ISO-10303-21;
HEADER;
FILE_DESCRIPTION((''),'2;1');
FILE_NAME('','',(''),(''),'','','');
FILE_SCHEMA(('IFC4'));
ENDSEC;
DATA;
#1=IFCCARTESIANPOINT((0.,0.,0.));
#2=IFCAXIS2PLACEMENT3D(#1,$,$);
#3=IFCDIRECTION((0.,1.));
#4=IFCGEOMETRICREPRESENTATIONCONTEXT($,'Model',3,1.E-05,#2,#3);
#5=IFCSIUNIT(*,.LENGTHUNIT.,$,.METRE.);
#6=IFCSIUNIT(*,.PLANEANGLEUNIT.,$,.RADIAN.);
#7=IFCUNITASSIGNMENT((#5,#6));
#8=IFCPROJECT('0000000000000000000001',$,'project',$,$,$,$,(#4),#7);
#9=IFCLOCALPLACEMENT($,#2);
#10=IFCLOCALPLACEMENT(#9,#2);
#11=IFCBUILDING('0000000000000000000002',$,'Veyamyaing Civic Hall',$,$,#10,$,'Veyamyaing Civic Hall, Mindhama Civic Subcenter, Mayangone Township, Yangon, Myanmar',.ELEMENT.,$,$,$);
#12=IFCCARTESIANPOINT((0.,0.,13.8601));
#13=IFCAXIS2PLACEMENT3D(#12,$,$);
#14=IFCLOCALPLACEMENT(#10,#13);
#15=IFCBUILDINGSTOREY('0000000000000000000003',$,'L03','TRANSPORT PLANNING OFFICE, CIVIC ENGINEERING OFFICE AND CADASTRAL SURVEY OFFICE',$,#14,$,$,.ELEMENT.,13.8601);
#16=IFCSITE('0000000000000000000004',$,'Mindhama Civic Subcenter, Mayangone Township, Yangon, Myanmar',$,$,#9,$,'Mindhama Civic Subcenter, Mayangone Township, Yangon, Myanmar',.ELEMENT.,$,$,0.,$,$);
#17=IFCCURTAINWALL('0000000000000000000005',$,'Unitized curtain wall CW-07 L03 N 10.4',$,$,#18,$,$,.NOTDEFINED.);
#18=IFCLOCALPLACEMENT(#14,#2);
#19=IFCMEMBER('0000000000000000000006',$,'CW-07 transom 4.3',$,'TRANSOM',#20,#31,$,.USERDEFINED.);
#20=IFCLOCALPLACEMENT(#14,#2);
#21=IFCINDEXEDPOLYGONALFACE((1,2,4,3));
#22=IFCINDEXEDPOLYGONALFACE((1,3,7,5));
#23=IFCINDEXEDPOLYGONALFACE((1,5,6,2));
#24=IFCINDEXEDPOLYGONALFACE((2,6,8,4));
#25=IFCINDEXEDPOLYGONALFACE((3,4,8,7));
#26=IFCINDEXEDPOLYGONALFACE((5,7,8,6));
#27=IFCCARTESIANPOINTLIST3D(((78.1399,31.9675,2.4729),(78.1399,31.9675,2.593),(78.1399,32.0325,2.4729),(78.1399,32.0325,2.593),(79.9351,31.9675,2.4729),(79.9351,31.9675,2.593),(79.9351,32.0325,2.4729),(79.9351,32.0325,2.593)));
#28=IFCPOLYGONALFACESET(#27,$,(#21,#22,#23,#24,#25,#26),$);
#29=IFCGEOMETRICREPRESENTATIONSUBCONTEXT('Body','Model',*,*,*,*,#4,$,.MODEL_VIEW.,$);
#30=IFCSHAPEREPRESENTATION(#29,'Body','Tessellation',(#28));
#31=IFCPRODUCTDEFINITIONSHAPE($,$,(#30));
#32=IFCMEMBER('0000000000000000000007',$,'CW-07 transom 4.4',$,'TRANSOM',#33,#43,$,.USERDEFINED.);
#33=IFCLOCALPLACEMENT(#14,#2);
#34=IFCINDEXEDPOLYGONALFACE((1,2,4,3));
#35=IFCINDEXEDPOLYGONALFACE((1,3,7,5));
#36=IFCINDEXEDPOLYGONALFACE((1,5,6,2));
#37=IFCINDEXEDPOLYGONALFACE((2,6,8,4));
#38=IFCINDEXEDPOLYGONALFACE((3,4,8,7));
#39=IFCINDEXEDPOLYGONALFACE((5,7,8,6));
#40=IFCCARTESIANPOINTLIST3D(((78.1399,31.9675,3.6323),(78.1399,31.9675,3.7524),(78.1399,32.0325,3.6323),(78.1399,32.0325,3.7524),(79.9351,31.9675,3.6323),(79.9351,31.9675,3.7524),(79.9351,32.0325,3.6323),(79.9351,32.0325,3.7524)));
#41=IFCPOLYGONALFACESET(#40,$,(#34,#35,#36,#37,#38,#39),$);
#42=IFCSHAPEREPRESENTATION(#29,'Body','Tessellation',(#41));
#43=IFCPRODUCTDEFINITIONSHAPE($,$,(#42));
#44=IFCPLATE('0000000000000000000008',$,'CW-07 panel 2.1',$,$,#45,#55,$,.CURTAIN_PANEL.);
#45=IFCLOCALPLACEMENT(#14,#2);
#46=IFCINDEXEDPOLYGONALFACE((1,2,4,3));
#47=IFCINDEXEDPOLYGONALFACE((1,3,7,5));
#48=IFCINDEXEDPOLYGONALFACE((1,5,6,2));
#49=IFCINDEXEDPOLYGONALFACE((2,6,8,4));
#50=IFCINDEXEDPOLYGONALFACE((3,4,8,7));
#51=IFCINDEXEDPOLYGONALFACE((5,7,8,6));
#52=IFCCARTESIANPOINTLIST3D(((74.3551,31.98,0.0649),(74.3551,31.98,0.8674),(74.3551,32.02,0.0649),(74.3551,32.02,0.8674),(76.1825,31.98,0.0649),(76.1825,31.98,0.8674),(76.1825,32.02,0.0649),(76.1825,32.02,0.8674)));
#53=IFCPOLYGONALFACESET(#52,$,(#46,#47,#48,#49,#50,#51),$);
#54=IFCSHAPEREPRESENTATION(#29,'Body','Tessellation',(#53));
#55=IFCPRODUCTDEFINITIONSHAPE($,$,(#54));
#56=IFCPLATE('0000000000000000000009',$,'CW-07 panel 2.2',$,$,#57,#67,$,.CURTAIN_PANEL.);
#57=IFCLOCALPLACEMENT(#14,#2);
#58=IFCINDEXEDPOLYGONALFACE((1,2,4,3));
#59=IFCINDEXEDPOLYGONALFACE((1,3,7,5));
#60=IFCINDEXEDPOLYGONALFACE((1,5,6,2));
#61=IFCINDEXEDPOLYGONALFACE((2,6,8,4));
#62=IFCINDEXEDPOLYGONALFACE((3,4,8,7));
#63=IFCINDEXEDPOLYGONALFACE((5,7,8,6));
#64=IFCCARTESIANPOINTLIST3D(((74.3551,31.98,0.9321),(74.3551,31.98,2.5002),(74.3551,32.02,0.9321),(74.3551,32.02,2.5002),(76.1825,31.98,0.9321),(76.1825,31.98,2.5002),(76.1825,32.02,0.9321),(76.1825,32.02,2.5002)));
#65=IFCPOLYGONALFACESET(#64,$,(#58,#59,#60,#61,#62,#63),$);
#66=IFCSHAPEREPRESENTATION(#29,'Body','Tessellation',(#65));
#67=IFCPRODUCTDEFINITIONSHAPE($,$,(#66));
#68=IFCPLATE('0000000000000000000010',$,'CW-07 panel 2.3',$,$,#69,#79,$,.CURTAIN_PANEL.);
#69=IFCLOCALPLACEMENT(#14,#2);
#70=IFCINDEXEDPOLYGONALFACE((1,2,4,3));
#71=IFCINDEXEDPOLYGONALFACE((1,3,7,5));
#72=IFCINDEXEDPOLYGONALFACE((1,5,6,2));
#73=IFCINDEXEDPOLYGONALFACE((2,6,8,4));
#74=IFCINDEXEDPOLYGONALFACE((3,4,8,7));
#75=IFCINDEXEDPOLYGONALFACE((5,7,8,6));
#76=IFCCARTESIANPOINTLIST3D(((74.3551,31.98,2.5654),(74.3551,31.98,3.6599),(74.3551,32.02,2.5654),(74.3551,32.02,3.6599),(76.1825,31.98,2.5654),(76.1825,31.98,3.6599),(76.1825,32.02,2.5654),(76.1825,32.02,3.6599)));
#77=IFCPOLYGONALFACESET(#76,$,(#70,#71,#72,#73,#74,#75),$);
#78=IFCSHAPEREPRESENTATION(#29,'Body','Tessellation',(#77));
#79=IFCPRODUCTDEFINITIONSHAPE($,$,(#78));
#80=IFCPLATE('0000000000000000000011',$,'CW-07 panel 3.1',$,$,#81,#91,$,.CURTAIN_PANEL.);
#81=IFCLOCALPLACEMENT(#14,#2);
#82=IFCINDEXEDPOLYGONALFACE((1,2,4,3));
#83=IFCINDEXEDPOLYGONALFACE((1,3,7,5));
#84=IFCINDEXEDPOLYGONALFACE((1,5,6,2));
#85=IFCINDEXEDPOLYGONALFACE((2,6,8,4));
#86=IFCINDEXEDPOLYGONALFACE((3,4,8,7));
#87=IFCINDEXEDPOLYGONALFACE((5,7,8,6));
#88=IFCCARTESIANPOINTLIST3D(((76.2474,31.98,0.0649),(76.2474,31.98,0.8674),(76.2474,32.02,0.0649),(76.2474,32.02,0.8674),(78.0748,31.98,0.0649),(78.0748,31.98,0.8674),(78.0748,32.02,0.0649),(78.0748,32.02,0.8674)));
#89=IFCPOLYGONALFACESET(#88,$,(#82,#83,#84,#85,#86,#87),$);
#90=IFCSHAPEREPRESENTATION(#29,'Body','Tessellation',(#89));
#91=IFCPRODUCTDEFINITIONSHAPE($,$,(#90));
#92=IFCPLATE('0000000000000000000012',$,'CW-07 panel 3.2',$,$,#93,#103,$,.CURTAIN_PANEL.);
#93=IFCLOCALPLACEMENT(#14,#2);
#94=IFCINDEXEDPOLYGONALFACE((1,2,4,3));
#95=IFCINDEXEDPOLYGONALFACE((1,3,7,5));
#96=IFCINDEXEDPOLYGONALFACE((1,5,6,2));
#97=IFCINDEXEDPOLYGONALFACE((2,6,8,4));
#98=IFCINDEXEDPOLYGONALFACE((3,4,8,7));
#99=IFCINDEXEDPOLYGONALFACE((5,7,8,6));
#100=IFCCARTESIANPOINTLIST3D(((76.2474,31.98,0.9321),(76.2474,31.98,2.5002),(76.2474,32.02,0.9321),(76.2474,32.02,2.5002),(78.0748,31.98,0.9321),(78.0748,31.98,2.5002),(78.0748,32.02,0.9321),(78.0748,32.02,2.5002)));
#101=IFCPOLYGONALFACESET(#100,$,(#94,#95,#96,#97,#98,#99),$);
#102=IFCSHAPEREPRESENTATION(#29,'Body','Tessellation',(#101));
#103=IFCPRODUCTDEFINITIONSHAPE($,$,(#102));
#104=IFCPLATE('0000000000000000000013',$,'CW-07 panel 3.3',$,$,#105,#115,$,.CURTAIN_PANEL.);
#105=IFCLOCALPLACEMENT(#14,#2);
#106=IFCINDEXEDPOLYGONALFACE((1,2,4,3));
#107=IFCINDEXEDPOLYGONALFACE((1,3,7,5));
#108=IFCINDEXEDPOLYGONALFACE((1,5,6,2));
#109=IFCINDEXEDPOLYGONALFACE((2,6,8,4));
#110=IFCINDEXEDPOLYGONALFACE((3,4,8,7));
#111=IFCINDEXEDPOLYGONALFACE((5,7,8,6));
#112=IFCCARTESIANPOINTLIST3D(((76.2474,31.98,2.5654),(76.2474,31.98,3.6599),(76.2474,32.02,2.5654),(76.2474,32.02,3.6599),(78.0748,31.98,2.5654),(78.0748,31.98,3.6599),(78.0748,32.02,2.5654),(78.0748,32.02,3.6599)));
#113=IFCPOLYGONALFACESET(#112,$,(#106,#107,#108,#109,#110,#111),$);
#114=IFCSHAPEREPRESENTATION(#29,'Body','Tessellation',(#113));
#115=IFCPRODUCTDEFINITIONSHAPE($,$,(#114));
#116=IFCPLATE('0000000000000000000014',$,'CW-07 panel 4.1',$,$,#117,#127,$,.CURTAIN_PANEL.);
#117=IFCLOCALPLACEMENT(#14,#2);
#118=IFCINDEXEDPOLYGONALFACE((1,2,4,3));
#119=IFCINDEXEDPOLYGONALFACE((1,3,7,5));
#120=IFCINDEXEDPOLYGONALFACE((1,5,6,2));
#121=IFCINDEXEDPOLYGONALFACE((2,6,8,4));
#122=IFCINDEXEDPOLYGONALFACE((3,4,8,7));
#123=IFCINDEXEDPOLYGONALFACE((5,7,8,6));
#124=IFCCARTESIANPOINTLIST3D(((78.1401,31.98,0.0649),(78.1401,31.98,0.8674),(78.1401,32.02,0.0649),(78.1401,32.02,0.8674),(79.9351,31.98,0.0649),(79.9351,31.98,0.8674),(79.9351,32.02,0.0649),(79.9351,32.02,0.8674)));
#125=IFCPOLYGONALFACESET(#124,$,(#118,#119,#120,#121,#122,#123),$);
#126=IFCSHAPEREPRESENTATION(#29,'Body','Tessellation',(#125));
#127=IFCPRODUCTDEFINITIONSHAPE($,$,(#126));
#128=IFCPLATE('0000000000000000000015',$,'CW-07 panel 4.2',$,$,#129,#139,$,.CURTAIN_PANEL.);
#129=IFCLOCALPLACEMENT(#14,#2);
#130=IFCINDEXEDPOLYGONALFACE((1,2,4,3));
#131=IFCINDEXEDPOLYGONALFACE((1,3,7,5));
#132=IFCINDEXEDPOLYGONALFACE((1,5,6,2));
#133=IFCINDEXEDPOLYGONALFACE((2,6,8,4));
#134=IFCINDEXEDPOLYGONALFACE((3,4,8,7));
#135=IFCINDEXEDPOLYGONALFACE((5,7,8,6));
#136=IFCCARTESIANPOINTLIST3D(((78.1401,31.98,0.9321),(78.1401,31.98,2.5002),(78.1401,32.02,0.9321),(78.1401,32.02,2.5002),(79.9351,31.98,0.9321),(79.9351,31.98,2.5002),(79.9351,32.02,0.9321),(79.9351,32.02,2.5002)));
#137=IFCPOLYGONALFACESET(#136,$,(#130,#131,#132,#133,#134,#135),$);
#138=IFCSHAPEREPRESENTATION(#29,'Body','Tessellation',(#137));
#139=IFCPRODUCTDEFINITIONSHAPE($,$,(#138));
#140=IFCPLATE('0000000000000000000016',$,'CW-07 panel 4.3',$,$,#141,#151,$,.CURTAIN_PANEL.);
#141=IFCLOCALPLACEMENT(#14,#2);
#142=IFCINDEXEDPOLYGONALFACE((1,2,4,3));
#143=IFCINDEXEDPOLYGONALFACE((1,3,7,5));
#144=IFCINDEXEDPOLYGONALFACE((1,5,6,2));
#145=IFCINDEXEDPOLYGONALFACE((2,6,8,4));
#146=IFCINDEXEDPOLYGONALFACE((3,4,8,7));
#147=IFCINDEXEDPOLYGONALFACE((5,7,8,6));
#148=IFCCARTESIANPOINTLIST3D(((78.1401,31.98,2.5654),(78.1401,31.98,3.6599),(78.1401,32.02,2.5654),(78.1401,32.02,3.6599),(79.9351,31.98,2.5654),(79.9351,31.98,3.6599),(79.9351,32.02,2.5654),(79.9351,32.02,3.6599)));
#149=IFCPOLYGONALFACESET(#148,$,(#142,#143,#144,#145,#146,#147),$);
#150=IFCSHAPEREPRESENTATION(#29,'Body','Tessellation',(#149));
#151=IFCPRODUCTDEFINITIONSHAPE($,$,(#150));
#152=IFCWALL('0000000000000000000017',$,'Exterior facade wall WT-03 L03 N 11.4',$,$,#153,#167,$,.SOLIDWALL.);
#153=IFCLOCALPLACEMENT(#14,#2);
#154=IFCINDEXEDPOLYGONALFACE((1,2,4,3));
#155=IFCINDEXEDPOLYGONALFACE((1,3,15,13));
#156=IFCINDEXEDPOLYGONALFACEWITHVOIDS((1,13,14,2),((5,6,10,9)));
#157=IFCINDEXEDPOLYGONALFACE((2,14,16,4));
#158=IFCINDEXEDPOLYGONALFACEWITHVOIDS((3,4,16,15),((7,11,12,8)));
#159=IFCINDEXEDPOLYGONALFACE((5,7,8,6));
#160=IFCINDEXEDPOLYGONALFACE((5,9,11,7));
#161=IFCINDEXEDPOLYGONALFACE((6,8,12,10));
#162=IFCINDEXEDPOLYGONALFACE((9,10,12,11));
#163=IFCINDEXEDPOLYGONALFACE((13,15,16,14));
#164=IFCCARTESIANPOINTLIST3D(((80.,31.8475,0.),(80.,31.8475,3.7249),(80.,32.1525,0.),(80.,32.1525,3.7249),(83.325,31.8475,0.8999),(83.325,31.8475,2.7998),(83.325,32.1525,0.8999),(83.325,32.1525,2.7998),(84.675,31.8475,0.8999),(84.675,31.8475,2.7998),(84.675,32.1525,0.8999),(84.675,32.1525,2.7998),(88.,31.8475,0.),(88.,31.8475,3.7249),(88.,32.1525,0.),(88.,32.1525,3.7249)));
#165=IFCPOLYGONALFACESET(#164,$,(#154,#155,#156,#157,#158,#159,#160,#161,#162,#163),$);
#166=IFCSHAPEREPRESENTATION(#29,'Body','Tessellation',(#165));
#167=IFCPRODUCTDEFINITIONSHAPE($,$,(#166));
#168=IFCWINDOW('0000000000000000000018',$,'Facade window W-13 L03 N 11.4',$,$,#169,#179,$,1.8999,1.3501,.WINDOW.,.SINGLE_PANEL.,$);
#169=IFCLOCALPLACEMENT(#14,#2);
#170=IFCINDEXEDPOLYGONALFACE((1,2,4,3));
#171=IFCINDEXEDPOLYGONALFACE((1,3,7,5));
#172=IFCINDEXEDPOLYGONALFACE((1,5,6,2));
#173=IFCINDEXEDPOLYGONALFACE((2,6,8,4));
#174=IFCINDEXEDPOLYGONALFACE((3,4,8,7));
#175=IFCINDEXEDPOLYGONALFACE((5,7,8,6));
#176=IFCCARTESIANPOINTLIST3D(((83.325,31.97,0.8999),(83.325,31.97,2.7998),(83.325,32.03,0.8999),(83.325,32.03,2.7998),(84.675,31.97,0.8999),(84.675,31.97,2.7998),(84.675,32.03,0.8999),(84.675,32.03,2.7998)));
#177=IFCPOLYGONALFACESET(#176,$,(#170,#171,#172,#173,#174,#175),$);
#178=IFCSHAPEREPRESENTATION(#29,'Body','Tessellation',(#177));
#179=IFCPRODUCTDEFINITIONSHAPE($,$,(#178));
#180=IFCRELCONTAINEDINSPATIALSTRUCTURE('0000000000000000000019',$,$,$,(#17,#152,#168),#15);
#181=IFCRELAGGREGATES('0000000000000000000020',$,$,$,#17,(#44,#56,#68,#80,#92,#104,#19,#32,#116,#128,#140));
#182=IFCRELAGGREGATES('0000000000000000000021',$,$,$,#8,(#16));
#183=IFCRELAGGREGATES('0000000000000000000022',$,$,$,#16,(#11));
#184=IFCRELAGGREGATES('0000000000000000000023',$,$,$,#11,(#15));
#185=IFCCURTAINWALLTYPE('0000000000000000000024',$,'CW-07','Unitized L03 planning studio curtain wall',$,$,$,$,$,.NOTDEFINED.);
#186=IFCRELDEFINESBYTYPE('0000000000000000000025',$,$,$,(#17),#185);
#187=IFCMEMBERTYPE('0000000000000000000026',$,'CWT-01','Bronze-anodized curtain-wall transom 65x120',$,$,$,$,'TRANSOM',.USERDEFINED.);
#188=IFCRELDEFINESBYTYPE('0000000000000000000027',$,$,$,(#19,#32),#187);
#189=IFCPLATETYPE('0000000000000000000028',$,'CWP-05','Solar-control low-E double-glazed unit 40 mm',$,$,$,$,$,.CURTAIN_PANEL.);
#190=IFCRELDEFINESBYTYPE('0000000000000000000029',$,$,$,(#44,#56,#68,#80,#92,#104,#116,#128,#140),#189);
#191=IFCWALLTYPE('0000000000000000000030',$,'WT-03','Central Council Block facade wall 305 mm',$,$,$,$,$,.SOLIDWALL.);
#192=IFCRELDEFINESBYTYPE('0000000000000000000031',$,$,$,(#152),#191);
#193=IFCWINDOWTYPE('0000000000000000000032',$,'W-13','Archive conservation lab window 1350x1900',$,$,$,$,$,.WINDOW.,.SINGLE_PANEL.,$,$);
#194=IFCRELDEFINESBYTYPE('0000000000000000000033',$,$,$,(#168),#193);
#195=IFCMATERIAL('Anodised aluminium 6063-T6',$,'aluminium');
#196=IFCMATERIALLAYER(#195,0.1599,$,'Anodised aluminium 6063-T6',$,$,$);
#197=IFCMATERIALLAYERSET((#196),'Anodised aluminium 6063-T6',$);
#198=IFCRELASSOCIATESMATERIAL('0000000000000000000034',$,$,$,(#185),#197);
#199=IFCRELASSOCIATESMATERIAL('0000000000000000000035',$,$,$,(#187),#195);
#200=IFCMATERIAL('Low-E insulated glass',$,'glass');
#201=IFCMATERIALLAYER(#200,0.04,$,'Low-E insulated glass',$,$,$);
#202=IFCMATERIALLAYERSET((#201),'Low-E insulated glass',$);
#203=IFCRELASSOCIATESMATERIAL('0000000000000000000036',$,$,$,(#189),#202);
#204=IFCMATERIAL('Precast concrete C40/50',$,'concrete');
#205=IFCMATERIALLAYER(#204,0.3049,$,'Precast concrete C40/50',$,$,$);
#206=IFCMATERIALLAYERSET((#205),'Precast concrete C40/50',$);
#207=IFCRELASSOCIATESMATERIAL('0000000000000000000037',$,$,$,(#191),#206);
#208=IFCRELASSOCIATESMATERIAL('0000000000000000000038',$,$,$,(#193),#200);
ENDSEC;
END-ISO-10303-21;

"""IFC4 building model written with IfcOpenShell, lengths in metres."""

from ifc_helpers import new_model, si_unit, direction, frame, frame_2d, origin, origin_2d, place, context, subcontext, project, spatial, rectangle, extrude, material, layer, layer_set, material_profile, profile_set, type_object, element, fill, aggregate, save


model = new_model("IFC4")

# Units and contexts
model_context = context("Model", 3, precision=1e-05, world=origin(), true_north=direction((0.0, 1.0)))
body_context = subcontext(model_context, "Body", "Model", "MODEL_VIEW")
ifc_project = project(units=[si_unit("LENGTHUNIT", "METRE"), si_unit("PLANEANGLEUNIT", "RADIAN")], contexts=[model_context])

# Site, building, storey
site_placement = place(None, origin())
site = spatial("IfcSite", under=ifc_project, at=site_placement, Name="Mindhama Civic Subcenter, Mayangone Township, Yangon, Myanmar", LongName="Mindhama Civic Subcenter, Mayangone Township, Yangon, Myanmar", CompositionType="ELEMENT", RefElevation=0.0)
building_placement = place(site_placement, origin())
building = spatial("IfcBuilding", under=site, at=building_placement, Name="Veyamyaing Civic Hall", LongName="Veyamyaing Civic Hall, Mindhama Civic Subcenter, Mayangone Township, Yangon, Myanmar", CompositionType="ELEMENT")
storey_placement = place(building_placement, frame((0.0, 0.0, 13.8601)))
storey = spatial("IfcBuildingStorey", under=building, at=storey_placement, Name="L03", Description="TRANSPORT PLANNING OFFICE, CIVIC ENGINEERING OFFICE AND CADASTRAL SURVEY OFFICE", CompositionType="ELEMENT", Elevation=13.8601)

# Curtain wall
ifc_material_1 = material(Name="Anodised aluminium 6063-T6", Category="aluminium")
ifc_layer_1 = layer(ifc_material_1, 0.1599, Name="Anodised aluminium 6063-T6")
ifc_layer_set_1 = layer_set([ifc_layer_1], Name="Anodised aluminium 6063-T6")
curtain_wall_type = type_object("IfcCurtainWallType", Name="CW-07", Description="Unitized L03 planning studio curtain wall", PredefinedType="NOTDEFINED", material=ifc_layer_set_1)
curtain_wall_1_placement = place(storey_placement, origin())
curtain_wall_1 = element("IfcCurtainWall", 1, at=curtain_wall_1_placement, inside=storey, type_object=curtain_wall_type, Name="Unitized curtain wall CW-07 L03 N 10.4", PredefinedType="NOTDEFINED")
ifc_material_profile_1 = material_profile(ifc_material_1, rectangle(XDim=0.0649, YDim=0.1201, at=origin_2d()), Name="ALU-TRN-65X120")
ifc_profile_set_1 = profile_set([ifc_material_profile_1], Name="Anodised aluminium 6063-T6")
member_type_1 = type_object("IfcMemberType", Name="CWT-01", Description="Bronze-anodized curtain-wall transom 65x120", ElementType="TRANSOM", PredefinedType="USERDEFINED", material=ifc_profile_set_1)

# Members
member_1_placement = place(storey_placement, frame((78.1399, 32.0, 2.533), z_axis=(1.0, 0.0, 0.0), x_axis=(0.0, 1.0, 0.0)))
member_1 = element("IfcMember", 2, at=member_1_placement, type_object=member_type_1, Name="CW-07 transom 4.3", ObjectType="TRANSOM", PredefinedType="USERDEFINED", context=body_context, shape_type="SweptSolid", body=[
    extrude(rectangle(XDim=0.0649, YDim=0.1201, at=origin_2d()), origin(), (0.0, 0.0, 1.0), 1.7952),
])
member_2_placement = place(storey_placement, frame((78.1399, 32.0, 3.6924), z_axis=(1.0, 0.0, 0.0), x_axis=(0.0, 1.0, 0.0)))
member_2 = element("IfcMember", 3, at=member_2_placement, type_object=member_type_1, Name="CW-07 transom 4.4", ObjectType="TRANSOM", PredefinedType="USERDEFINED", context=body_context, shape_type="SweptSolid", body=[
    extrude(rectangle(XDim=0.0649, YDim=0.1201, at=origin_2d()), origin(), (0.0, 0.0, 1.0), 1.7952),
])

# Plates
ifc_material_2 = material(Name="Low-E insulated glass", Category="glass")
ifc_layer_2 = layer(ifc_material_2, 0.04, Name="Low-E insulated glass")
ifc_layer_set_2 = layer_set([ifc_layer_2], Name="Low-E insulated glass")
plate_type = type_object("IfcPlateType", Name="CWP-05", Description="Solar-control low-E double-glazed unit 40 mm", PredefinedType="CURTAIN_PANEL", material=ifc_layer_set_2)
plate_1_placement = place(storey_placement, frame((75.2688, 32.0, 0.0649), z_axis=(0.0, 0.0, 1.0), x_axis=(1.0, 0.0, 0.0)))
plate_1 = element("IfcPlate", 4, at=plate_1_placement, type_object=plate_type, Name="CW-07 panel 2.1", PredefinedType="CURTAIN_PANEL", context=body_context, shape_type="SweptSolid", body=[
    extrude(rectangle(XDim=1.8274, YDim=0.04, at=origin_2d()), origin(), (0.0, 0.0, 1.0), 0.8025),
])
plate_2_placement = place(storey_placement, frame((75.2688, 32.0, 0.9321), z_axis=(0.0, 0.0, 1.0), x_axis=(1.0, 0.0, 0.0)))
plate_2 = element("IfcPlate", 5, at=plate_2_placement, type_object=plate_type, Name="CW-07 panel 2.2", PredefinedType="CURTAIN_PANEL", context=body_context, shape_type="SweptSolid", body=[
    extrude(rectangle(XDim=1.8274, YDim=0.04, at=origin_2d()), origin(), (0.0, 0.0, 1.0), 1.5681),
])
plate_3_placement = place(storey_placement, frame((75.2688, 32.0, 2.5654), z_axis=(0.0, 0.0, 1.0), x_axis=(1.0, 0.0, 0.0)))
plate_3 = element("IfcPlate", 6, at=plate_3_placement, type_object=plate_type, Name="CW-07 panel 2.3", PredefinedType="CURTAIN_PANEL", context=body_context, shape_type="SweptSolid", body=[
    extrude(rectangle(XDim=1.8274, YDim=0.04, at=origin_2d()), origin(), (0.0, 0.0, 1.0), 1.0945),
])
plate_4_placement = place(storey_placement, frame((77.1611, 32.0, 0.0649), z_axis=(0.0, 0.0, 1.0), x_axis=(1.0, 0.0, 0.0)))
plate_4 = element("IfcPlate", 7, at=plate_4_placement, type_object=plate_type, Name="CW-07 panel 3.1", PredefinedType="CURTAIN_PANEL", context=body_context, shape_type="SweptSolid", body=[
    extrude(rectangle(XDim=1.8274, YDim=0.04, at=origin_2d()), origin(), (0.0, 0.0, 1.0), 0.8025),
])
plate_5_placement = place(storey_placement, frame((77.1611, 32.0, 0.9321), z_axis=(0.0, 0.0, 1.0), x_axis=(1.0, 0.0, 0.0)))
plate_5 = element("IfcPlate", 8, at=plate_5_placement, type_object=plate_type, Name="CW-07 panel 3.2", PredefinedType="CURTAIN_PANEL", context=body_context, shape_type="SweptSolid", body=[
    extrude(rectangle(XDim=1.8274, YDim=0.04, at=origin_2d()), origin(), (0.0, 0.0, 1.0), 1.5681),
])
plate_6_placement = place(storey_placement, frame((77.1611, 32.0, 2.5654), z_axis=(0.0, 0.0, 1.0), x_axis=(1.0, 0.0, 0.0)))
plate_6 = element("IfcPlate", 9, at=plate_6_placement, type_object=plate_type, Name="CW-07 panel 3.3", PredefinedType="CURTAIN_PANEL", context=body_context, shape_type="SweptSolid", body=[
    extrude(rectangle(XDim=1.8274, YDim=0.04, at=origin_2d()), origin(), (0.0, 0.0, 1.0), 1.0945),
])
plate_7_placement = place(storey_placement, frame((79.0376, 32.0, 0.0649), z_axis=(0.0, 0.0, 1.0), x_axis=(1.0, 0.0, 0.0)))
plate_7 = element("IfcPlate", 10, at=plate_7_placement, type_object=plate_type, Name="CW-07 panel 4.1", PredefinedType="CURTAIN_PANEL", context=body_context, shape_type="SweptSolid", body=[
    extrude(rectangle(XDim=1.7949, YDim=0.04, at=origin_2d()), origin(), (0.0, 0.0, 1.0), 0.8025),
])
plate_8_placement = place(storey_placement, frame((79.0376, 32.0, 0.9321), z_axis=(0.0, 0.0, 1.0), x_axis=(1.0, 0.0, 0.0)))
plate_8 = element("IfcPlate", 11, at=plate_8_placement, type_object=plate_type, Name="CW-07 panel 4.2", PredefinedType="CURTAIN_PANEL", context=body_context, shape_type="SweptSolid", body=[
    extrude(rectangle(XDim=1.7949, YDim=0.04, at=origin_2d()), origin(), (0.0, 0.0, 1.0), 1.5681),
])
plate_9_placement = place(storey_placement, frame((79.0376, 32.0, 2.5654), z_axis=(0.0, 0.0, 1.0), x_axis=(1.0, 0.0, 0.0)))
plate_9 = element("IfcPlate", 12, at=plate_9_placement, type_object=plate_type, Name="CW-07 panel 4.3", PredefinedType="CURTAIN_PANEL", context=body_context, shape_type="SweptSolid", body=[
    extrude(rectangle(XDim=1.7949, YDim=0.04, at=origin_2d()), origin(), (0.0, 0.0, 1.0), 1.0945),
])
aggregate(curtain_wall_1, [plate_1, plate_2, plate_3, plate_4, plate_5, plate_6, member_1, member_2, plate_7, plate_8, plate_9])

# Wall, opening, window
ifc_material_3 = material(Name="Precast concrete C40/50", Category="concrete")
ifc_layer_3 = layer(ifc_material_3, 0.3049, Name="Precast concrete C40/50")
ifc_layer_set_3 = layer_set([ifc_layer_3], Name="Precast concrete C40/50")
wall_type = type_object("IfcWallType", Name="WT-03", Description="Central Council Block facade wall 305 mm", PredefinedType="SOLIDWALL", material=ifc_layer_set_3)
wall_placement = place(storey_placement, frame((80.0, 32.0, 0.0), z_axis=(0.0, 0.0, 1.0), x_axis=(1.0, 0.0, 0.0)))
wall = element("IfcWall", 13, at=wall_placement, inside=storey, type_object=wall_type, Name="Exterior facade wall WT-03 L03 N 11.4", PredefinedType="SOLIDWALL", context=body_context, shape_type="SweptSolid", body=[
    extrude(rectangle(XDim=8.0, YDim=0.3049, at=frame_2d((4.0, 0.0))), origin(), (0.0, 0.0, 1.0), 3.7249),
])
opening_placement = place(wall_placement, frame((3.325, 0.0, 0.8999)))
opening = element("IfcOpeningElement", 14, at=opening_placement, cuts=wall, PredefinedType="OPENING", context=body_context, shape_type="SweptSolid", body=[
    extrude(rectangle(XDim=1.3501, YDim=1.8999, at=frame_2d((0.675, 0.95))), frame((0.0, 0.1624, 0.0), z_axis=(0.0, -1.0, 0.0), x_axis=(1.0, 0.0, 0.0)), (0.0, 0.0, 1.0), 0.325),
])
window_type = type_object("IfcWindowType", Name="W-13", Description="Archive conservation lab window 1350x1900", PartitioningType="SINGLE_PANEL", PredefinedType="WINDOW", material=ifc_material_2)
window_placement = place(opening_placement, origin())
window = element("IfcWindow", 15, at=window_placement, inside=storey, type_object=window_type, Name="Facade window W-13 L03 N 11.4", OverallHeight=1.8999, OverallWidth=1.3501, PartitioningType="SINGLE_PANEL", PredefinedType="WINDOW", context=body_context, shape_type="SweptSolid", body=[
    extrude(rectangle(XDim=1.3501, YDim=1.8999, at=frame_2d((0.675, 0.95))), frame((0.0, 0.03, 0.0), z_axis=(0.0, -1.0, 0.0), x_axis=(1.0, 0.0, 0.0)), (0.0, 0.0, 1.0), 0.0601),
])
fill(opening, window)

save(model, "model.ifc")
